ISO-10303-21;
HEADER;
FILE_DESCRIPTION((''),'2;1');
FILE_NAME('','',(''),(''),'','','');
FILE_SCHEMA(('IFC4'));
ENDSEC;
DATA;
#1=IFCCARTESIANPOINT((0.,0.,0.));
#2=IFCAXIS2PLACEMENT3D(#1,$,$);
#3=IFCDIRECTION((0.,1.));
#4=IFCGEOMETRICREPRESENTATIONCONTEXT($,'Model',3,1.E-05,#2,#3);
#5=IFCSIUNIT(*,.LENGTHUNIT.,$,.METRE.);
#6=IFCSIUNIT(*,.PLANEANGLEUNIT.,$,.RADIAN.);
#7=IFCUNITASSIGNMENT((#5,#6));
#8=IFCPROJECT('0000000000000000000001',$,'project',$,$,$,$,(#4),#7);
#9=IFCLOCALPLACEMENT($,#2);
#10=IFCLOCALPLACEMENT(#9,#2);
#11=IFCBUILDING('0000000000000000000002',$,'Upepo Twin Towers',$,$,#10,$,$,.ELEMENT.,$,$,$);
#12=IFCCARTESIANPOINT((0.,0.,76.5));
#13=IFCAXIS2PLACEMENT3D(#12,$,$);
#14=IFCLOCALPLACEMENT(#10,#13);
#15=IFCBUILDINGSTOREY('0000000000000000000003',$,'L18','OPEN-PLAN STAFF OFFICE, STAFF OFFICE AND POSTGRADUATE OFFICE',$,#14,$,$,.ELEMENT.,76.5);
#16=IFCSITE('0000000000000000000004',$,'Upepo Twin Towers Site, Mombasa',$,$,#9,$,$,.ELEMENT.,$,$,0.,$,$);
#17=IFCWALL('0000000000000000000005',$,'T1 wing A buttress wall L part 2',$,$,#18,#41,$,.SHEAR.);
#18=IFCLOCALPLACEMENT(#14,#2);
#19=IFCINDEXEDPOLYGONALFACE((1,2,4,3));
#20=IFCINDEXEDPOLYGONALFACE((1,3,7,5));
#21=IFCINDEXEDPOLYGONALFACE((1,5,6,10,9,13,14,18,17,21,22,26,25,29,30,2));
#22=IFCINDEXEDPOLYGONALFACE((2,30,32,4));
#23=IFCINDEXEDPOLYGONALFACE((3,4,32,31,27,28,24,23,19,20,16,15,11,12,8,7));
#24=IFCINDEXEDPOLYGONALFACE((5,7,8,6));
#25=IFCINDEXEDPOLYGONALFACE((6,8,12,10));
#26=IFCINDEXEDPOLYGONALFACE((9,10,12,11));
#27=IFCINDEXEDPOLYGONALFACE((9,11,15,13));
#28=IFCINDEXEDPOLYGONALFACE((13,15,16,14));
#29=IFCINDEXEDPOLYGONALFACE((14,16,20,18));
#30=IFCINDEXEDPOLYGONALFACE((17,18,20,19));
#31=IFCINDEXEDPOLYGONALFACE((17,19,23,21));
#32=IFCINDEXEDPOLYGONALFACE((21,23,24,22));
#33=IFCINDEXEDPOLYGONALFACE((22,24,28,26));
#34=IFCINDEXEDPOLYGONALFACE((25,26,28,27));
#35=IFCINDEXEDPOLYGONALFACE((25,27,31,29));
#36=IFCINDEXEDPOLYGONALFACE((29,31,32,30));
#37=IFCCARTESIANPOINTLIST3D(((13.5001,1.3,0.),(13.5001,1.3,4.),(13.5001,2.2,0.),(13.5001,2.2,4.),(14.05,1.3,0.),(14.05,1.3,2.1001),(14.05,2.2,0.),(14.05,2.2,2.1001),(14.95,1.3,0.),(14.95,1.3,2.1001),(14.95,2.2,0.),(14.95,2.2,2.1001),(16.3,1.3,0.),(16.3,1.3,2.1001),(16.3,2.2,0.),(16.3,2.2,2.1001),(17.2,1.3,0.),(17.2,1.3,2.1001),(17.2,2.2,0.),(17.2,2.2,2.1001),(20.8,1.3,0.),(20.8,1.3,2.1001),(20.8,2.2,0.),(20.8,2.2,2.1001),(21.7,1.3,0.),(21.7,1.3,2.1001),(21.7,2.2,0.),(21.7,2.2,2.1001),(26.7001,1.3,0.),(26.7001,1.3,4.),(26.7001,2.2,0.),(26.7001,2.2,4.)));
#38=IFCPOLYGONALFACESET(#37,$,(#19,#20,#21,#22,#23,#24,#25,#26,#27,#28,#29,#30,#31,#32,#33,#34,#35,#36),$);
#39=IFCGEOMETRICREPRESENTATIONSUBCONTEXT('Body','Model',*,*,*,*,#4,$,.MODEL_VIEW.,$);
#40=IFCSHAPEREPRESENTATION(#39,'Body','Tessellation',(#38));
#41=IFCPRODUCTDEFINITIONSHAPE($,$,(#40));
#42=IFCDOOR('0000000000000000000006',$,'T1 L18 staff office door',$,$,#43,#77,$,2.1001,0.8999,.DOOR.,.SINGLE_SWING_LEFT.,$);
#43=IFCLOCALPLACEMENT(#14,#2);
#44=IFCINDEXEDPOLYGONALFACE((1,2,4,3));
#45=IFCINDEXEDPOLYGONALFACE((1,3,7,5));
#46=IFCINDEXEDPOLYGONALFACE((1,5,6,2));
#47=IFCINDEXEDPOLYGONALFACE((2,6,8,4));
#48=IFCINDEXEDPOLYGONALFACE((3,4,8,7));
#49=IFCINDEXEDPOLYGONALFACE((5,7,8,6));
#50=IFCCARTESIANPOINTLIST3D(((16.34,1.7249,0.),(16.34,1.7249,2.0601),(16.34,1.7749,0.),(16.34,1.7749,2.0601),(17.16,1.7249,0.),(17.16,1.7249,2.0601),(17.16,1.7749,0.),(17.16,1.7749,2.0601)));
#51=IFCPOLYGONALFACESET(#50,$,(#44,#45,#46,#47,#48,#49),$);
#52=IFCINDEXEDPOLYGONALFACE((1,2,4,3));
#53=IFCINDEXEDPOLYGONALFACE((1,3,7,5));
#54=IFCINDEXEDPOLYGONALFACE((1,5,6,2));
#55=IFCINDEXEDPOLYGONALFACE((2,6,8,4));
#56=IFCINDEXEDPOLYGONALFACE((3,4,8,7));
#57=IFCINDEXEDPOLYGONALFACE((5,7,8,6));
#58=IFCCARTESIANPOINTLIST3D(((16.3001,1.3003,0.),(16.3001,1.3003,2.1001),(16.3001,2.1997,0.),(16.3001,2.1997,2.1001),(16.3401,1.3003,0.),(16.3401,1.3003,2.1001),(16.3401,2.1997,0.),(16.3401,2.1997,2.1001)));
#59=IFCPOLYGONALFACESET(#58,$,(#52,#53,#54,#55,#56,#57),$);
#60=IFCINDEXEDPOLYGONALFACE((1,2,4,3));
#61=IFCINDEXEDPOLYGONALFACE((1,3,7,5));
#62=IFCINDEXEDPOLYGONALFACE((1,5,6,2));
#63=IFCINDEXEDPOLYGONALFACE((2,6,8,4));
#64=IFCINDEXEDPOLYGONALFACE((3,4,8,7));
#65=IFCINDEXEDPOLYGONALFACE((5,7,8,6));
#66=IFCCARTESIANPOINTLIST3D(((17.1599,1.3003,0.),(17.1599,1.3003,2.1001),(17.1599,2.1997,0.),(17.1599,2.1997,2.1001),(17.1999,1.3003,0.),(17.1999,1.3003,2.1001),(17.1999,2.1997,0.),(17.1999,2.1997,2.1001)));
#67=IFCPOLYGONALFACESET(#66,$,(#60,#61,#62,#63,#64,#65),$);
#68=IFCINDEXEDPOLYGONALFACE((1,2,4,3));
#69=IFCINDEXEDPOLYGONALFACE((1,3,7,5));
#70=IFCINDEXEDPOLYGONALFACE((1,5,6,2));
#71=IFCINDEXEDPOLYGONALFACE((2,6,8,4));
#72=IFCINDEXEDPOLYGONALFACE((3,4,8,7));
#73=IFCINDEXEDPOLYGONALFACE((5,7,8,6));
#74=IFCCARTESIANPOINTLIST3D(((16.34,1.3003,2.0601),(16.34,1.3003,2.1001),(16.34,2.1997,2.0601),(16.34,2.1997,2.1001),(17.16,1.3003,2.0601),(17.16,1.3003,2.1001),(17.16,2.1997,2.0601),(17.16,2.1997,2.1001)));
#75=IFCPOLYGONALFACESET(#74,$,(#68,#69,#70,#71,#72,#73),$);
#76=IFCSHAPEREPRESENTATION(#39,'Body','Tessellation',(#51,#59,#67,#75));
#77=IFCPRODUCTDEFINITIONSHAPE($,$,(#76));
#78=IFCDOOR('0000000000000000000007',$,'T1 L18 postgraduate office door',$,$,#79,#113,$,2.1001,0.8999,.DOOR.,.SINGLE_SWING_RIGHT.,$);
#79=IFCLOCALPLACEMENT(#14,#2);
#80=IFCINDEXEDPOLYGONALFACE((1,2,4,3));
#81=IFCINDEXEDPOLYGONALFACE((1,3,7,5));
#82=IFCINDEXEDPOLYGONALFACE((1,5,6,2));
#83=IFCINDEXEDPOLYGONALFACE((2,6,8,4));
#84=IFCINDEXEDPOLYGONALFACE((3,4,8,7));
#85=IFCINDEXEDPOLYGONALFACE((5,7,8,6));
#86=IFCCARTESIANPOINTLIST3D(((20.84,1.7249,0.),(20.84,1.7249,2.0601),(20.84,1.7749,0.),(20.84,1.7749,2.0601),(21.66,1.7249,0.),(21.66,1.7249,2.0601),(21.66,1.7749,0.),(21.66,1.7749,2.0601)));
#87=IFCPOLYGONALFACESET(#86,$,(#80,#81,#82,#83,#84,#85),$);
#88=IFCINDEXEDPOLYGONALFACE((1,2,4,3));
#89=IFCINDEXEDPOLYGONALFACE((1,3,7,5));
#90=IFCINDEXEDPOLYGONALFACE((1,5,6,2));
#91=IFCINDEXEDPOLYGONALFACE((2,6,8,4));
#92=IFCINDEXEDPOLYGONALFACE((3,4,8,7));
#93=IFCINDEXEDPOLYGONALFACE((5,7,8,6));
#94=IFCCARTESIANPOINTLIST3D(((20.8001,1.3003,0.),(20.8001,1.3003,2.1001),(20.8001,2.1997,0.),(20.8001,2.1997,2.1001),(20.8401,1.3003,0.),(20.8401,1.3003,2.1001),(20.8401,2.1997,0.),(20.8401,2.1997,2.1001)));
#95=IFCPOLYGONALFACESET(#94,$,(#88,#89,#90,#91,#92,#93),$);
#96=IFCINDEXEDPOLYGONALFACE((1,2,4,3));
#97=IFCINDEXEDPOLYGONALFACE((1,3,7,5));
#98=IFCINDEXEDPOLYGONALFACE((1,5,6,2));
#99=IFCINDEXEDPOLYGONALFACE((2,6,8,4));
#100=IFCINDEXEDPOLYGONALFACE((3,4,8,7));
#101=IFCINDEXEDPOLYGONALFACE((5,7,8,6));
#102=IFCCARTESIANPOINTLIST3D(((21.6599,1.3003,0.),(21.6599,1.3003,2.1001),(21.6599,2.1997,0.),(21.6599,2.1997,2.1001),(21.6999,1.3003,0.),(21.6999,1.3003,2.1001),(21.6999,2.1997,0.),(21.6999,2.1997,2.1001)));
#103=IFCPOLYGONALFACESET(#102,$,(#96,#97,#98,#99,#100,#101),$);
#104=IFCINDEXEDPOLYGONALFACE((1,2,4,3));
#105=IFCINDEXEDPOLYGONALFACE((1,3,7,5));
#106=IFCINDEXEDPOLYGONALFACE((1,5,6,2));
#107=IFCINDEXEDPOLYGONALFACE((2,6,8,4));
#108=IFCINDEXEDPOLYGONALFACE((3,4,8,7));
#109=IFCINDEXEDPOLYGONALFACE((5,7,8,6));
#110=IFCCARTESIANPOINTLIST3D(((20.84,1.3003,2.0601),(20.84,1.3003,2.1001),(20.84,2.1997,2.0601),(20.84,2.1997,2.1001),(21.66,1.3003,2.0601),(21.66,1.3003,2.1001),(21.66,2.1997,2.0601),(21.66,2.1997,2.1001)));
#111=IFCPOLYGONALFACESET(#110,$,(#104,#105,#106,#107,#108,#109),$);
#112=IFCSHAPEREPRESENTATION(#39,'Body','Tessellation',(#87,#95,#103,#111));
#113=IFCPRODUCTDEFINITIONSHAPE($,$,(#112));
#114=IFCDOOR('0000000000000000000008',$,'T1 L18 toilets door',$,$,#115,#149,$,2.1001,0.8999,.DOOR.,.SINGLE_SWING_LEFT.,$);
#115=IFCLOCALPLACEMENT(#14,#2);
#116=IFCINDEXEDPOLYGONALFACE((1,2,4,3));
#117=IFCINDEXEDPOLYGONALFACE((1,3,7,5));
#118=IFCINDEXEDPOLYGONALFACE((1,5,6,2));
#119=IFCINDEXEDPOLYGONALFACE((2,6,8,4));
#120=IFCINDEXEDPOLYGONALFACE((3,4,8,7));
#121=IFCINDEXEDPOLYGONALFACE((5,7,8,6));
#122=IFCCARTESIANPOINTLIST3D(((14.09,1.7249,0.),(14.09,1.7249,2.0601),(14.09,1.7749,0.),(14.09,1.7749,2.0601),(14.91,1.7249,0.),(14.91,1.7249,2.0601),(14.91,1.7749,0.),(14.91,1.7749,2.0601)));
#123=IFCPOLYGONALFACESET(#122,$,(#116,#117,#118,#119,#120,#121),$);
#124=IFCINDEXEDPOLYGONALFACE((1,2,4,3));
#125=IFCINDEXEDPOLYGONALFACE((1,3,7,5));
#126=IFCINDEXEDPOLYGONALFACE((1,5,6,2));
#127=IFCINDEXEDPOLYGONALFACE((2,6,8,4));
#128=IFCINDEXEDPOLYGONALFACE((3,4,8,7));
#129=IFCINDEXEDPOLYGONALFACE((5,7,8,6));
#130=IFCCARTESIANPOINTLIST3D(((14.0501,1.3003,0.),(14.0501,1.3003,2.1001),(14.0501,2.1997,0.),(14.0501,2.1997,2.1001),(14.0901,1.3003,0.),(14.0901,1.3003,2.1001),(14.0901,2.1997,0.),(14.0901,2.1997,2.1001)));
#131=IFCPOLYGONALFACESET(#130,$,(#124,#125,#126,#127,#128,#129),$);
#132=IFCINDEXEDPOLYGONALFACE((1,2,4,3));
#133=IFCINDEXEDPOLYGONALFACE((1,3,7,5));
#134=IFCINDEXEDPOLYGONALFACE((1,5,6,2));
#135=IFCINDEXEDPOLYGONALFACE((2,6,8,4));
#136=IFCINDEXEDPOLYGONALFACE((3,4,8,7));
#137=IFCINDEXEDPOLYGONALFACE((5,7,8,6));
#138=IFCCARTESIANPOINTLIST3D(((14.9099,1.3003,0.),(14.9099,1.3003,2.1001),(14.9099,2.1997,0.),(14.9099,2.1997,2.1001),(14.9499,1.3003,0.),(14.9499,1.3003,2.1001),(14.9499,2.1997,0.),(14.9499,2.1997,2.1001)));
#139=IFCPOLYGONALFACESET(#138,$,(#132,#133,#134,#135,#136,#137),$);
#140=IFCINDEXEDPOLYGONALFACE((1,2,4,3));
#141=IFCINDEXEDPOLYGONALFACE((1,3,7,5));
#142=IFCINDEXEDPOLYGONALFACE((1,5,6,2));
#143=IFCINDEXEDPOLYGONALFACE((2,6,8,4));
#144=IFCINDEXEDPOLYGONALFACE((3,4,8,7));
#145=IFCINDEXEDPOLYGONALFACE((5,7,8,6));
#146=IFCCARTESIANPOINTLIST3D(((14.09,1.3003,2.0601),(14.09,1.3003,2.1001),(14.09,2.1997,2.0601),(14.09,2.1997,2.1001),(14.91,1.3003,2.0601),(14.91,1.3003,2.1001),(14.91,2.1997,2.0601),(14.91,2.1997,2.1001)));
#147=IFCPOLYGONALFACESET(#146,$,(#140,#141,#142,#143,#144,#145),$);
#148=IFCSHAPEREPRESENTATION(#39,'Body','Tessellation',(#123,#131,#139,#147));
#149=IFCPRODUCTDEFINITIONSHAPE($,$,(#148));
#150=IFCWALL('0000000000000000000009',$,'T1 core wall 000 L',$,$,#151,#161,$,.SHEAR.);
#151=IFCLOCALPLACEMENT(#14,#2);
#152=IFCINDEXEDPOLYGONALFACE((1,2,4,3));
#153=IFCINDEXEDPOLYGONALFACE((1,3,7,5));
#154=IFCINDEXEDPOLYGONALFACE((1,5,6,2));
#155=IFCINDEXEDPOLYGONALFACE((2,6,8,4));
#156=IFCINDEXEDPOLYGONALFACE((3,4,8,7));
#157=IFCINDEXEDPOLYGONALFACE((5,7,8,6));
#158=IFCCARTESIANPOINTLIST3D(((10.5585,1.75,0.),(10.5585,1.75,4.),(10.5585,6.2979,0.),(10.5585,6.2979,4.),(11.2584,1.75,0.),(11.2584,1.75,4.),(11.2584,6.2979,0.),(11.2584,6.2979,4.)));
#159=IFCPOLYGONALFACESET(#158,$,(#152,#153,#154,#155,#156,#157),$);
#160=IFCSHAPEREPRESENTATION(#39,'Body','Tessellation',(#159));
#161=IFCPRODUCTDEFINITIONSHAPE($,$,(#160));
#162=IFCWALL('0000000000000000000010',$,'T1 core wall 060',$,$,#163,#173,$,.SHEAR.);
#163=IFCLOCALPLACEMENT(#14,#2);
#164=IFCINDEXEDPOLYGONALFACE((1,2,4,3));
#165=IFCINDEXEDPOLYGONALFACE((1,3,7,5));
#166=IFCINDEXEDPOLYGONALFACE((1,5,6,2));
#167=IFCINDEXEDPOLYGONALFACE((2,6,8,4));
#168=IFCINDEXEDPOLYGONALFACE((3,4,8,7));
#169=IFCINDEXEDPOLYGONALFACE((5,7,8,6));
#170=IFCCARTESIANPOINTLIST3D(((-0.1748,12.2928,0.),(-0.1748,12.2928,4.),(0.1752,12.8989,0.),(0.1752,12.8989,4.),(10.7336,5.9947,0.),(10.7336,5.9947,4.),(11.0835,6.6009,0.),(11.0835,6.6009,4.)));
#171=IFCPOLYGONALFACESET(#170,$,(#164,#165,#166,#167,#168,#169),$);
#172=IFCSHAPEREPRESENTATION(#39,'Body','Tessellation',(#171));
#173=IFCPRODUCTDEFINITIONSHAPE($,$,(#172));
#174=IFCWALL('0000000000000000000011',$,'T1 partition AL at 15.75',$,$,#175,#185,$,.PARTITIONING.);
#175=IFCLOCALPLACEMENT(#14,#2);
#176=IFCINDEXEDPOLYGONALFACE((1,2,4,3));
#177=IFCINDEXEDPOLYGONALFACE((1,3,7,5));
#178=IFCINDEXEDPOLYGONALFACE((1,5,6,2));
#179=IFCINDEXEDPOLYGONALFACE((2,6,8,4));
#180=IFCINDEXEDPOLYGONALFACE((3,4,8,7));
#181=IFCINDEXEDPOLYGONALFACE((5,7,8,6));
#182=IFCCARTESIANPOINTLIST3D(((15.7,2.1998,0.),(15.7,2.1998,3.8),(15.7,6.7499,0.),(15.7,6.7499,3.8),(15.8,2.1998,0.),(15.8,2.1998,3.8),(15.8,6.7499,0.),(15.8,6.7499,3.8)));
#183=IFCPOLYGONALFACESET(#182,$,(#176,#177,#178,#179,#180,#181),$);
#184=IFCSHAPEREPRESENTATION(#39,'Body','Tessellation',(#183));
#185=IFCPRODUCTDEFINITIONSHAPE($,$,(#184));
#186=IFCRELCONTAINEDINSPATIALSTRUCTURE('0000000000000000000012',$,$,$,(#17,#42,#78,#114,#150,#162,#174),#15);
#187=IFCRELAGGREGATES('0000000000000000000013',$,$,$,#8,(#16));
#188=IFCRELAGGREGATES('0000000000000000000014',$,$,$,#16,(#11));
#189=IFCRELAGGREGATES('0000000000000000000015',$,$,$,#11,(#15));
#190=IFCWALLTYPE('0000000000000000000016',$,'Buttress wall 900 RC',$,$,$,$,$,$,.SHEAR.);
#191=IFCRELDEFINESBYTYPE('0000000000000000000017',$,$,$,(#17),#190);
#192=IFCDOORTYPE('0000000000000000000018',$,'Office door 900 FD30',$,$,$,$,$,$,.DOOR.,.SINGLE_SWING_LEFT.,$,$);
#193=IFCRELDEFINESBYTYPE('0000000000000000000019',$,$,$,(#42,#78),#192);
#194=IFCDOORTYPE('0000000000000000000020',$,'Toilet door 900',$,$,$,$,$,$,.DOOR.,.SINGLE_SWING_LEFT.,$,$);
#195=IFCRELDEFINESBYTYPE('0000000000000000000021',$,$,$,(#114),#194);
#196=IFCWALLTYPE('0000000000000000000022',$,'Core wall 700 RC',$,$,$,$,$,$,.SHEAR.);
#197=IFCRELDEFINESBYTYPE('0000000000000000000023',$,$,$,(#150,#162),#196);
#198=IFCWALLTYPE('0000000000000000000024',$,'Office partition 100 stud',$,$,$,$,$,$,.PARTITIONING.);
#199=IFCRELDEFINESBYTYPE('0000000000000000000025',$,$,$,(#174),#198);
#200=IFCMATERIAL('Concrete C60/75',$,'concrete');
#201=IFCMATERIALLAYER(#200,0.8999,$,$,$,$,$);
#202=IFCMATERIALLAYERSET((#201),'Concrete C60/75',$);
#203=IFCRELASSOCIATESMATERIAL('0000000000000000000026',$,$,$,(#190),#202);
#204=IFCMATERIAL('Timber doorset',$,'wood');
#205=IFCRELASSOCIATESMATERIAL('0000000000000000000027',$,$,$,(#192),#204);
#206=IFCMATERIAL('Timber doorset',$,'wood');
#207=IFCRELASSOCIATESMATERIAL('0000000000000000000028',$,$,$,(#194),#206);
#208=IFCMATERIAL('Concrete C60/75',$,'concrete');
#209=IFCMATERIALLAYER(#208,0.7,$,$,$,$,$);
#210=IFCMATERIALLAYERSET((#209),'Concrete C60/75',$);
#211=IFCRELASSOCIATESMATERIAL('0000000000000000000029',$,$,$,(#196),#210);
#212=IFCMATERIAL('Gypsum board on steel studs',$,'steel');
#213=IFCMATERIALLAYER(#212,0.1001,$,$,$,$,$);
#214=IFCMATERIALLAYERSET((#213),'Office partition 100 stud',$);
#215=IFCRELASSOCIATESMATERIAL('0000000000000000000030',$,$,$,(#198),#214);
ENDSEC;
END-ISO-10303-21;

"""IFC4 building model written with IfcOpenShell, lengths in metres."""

from ifc_helpers import new_model, si_unit, direction, frame, frame_2d, origin, place, context, subcontext, project, spatial, rectangle, extrude, material, layer, layer_set, type_object, element, fill, save


model = new_model("IFC4")

# Units and contexts
model_context = context("Model", 3, precision=1e-05, world=origin(), true_north=direction((0.0, 1.0)))
body_context = subcontext(model_context, "Body", "Model", "MODEL_VIEW")
ifc_project = project(units=[si_unit("LENGTHUNIT", "METRE"), si_unit("PLANEANGLEUNIT", "RADIAN")], contexts=[model_context])

# Site, building, storey
site_placement = place(None, origin())
site = spatial("IfcSite", under=ifc_project, at=site_placement, Name="Upepo Twin Towers Site, Mombasa", CompositionType="ELEMENT", RefElevation=0.0)
building_placement = place(site_placement, origin())
building = spatial("IfcBuilding", under=site, at=building_placement, Name="Upepo Twin Towers", CompositionType="ELEMENT")
storey_placement = place(building_placement, frame((0.0, 0.0, 76.5)))
storey = spatial("IfcBuildingStorey", under=building, at=storey_placement, Name="L18", Description="OPEN-PLAN STAFF OFFICE, STAFF OFFICE AND POSTGRADUATE OFFICE", CompositionType="ELEMENT", Elevation=76.5)

# Wall, openings, doors
ifc_material_1 = material(Name="Concrete C60/75", Category="concrete")
ifc_layer_1 = layer(ifc_material_1, 0.8999)
ifc_layer_set_1 = layer_set([ifc_layer_1], Name="Concrete C60/75")
wall_type_1 = type_object("IfcWallType", Name="Buttress wall 900 RC", PredefinedType="SHEAR", material=ifc_layer_set_1)
wall_1_placement = place(storey_placement, frame((13.5, 1.75, 0.0), z_axis=(0.0, 0.0, 1.0), x_axis=(1.0, 0.0, 0.0)))
wall_1 = element("IfcWall", 1, at=wall_1_placement, inside=storey, type_object=wall_type_1, Name="T1 wing A buttress wall L part 2", PredefinedType="SHEAR", context=body_context, shape_type="SweptSolid", body=[
    extrude(rectangle(XDim=13.2, YDim=0.8999, at=frame_2d((6.6001, 0.0))), origin(), (0.0, 0.0, 1.0), 4.0),
])
opening_1_placement = place(wall_1_placement, frame((0.55, 0.0, 0.0)))
opening_1 = element("IfcOpeningElement", 2, at=opening_1_placement, cuts=wall_1, PredefinedType="OPENING", context=body_context, shape_type="SweptSolid", body=[
    extrude(rectangle(XDim=0.8999, YDim=2.1001, at=frame_2d((0.45, 1.05))), frame((0.0, 0.46, 0.0), z_axis=(0.0, -1.0, 0.0), x_axis=(1.0, 0.0, 0.0)), (0.0, 0.0, 1.0), 0.9199),
])
opening_2_placement = place(wall_1_placement, frame((2.8, 0.0, 0.0)))
opening_2 = element("IfcOpeningElement", 3, at=opening_2_placement, cuts=wall_1, PredefinedType="OPENING", context=body_context, shape_type="SweptSolid", body=[
    extrude(rectangle(XDim=0.8999, YDim=2.1001, at=frame_2d((0.45, 1.05))), frame((0.0, 0.46, 0.0), z_axis=(0.0, -1.0, 0.0), x_axis=(1.0, 0.0, 0.0)), (0.0, 0.0, 1.0), 0.9199),
])
opening_3_placement = place(wall_1_placement, frame((7.3, 0.0, 0.0)))
opening_3 = element("IfcOpeningElement", 4, at=opening_3_placement, cuts=wall_1, PredefinedType="OPENING", context=body_context, shape_type="SweptSolid", body=[
    extrude(rectangle(XDim=0.8999, YDim=2.1001, at=frame_2d((0.45, 1.05))), frame((0.0, 0.46, 0.0), z_axis=(0.0, -1.0, 0.0), x_axis=(1.0, 0.0, 0.0)), (0.0, 0.0, 1.0), 0.9199),
])
ifc_material_2 = material(Name="Timber doorset", Category="wood")
door_type_1 = type_object("IfcDoorType", Name="Office door 900 FD30", OperationType="SINGLE_SWING_LEFT", PredefinedType="DOOR", material=ifc_material_2)
door_1_placement = place(opening_2_placement, origin())
door_1 = element("IfcDoor", 5, at=door_1_placement, inside=storey, type_object=door_type_1, Name="T1 L18 staff office door", OperationType="SINGLE_SWING_LEFT", OverallHeight=2.1001, OverallWidth=0.8999, PredefinedType="DOOR", context=body_context, shape_type="SweptSolid", body=[
    extrude(rectangle(XDim=0.8199, YDim=2.0601, at=frame_2d((0.45, 1.03))), frame((0.0, 0.0249, 0.0), z_axis=(0.0, -1.0, 0.0), x_axis=(1.0, 0.0, 0.0)), (0.0, 0.0, 1.0), 0.05),
    extrude(rectangle(XDim=0.04, YDim=2.1001, at=frame_2d((0.02, 1.05))), frame((0.0, 0.4497, 0.0), z_axis=(0.0, -1.0, 0.0), x_axis=(1.0, 0.0, 0.0)), (0.0, 0.0, 1.0), 0.8994),
    extrude(rectangle(XDim=0.04, YDim=2.1001, at=frame_2d((0.8799, 1.05))), frame((0.0, 0.4497, 0.0), z_axis=(0.0, -1.0, 0.0), x_axis=(1.0, 0.0, 0.0)), (0.0, 0.0, 1.0), 0.8994),
    extrude(rectangle(XDim=0.8199, YDim=0.04, at=frame_2d((0.45, 2.0801))), frame((0.0, 0.4497, 0.0), z_axis=(0.0, -1.0, 0.0), x_axis=(1.0, 0.0, 0.0)), (0.0, 0.0, 1.0), 0.8994),
])
fill(opening_2, door_1)
door_2_placement = place(opening_3_placement, origin())
door_2 = element("IfcDoor", 6, at=door_2_placement, inside=storey, type_object=door_type_1, Name="T1 L18 postgraduate office door", OperationType="SINGLE_SWING_RIGHT", OverallHeight=2.1001, OverallWidth=0.8999, PredefinedType="DOOR", context=body_context, shape_type="SweptSolid", body=[
    extrude(rectangle(XDim=0.8199, YDim=2.0601, at=frame_2d((0.45, 1.03))), frame((0.0, 0.0249, 0.0), z_axis=(0.0, -1.0, 0.0), x_axis=(1.0, 0.0, 0.0)), (0.0, 0.0, 1.0), 0.05),
    extrude(rectangle(XDim=0.04, YDim=2.1001, at=frame_2d((0.02, 1.05))), frame((0.0, 0.4497, 0.0), z_axis=(0.0, -1.0, 0.0), x_axis=(1.0, 0.0, 0.0)), (0.0, 0.0, 1.0), 0.8994),
    extrude(rectangle(XDim=0.04, YDim=2.1001, at=frame_2d((0.8799, 1.05))), frame((0.0, 0.4497, 0.0), z_axis=(0.0, -1.0, 0.0), x_axis=(1.0, 0.0, 0.0)), (0.0, 0.0, 1.0), 0.8994),
    extrude(rectangle(XDim=0.8199, YDim=0.04, at=frame_2d((0.45, 2.0801))), frame((0.0, 0.4497, 0.0), z_axis=(0.0, -1.0, 0.0), x_axis=(1.0, 0.0, 0.0)), (0.0, 0.0, 1.0), 0.8994),
])
fill(opening_3, door_2)
ifc_material_3 = material(Name="Timber doorset", Category="wood")
door_type_2 = type_object("IfcDoorType", Name="Toilet door 900", OperationType="SINGLE_SWING_LEFT", PredefinedType="DOOR", material=ifc_material_3)
door_3_placement = place(opening_1_placement, origin())
door_3 = element("IfcDoor", 7, at=door_3_placement, inside=storey, type_object=door_type_2, Name="T1 L18 toilets door", OperationType="SINGLE_SWING_LEFT", OverallHeight=2.1001, OverallWidth=0.8999, PredefinedType="DOOR", context=body_context, shape_type="SweptSolid", body=[
    extrude(rectangle(XDim=0.8199, YDim=2.0601, at=frame_2d((0.45, 1.03))), frame((0.0, 0.0249, 0.0), z_axis=(0.0, -1.0, 0.0), x_axis=(1.0, 0.0, 0.0)), (0.0, 0.0, 1.0), 0.05),
    extrude(rectangle(XDim=0.04, YDim=2.1001, at=frame_2d((0.02, 1.05))), frame((0.0, 0.4497, 0.0), z_axis=(0.0, -1.0, 0.0), x_axis=(1.0, 0.0, 0.0)), (0.0, 0.0, 1.0), 0.8994),
    extrude(rectangle(XDim=0.04, YDim=2.1001, at=frame_2d((0.8799, 1.05))), frame((0.0, 0.4497, 0.0), z_axis=(0.0, -1.0, 0.0), x_axis=(1.0, 0.0, 0.0)), (0.0, 0.0, 1.0), 0.8994),
    extrude(rectangle(XDim=0.8199, YDim=0.04, at=frame_2d((0.45, 2.0801))), frame((0.0, 0.4497, 0.0), z_axis=(0.0, -1.0, 0.0), x_axis=(1.0, 0.0, 0.0)), (0.0, 0.0, 1.0), 0.8994),
])
fill(opening_1, door_3)

# Walls
ifc_material_4 = material(Name="Concrete C60/75", Category="concrete")
ifc_layer_2 = layer(ifc_material_4, 0.7)
ifc_layer_set_2 = layer_set([ifc_layer_2], Name="Concrete C60/75")
wall_type_2 = type_object("IfcWallType", Name="Core wall 700 RC", PredefinedType="SHEAR", material=ifc_layer_set_2)
wall_2_placement = place(storey_placement, frame((10.9084, 1.75, 0.0), z_axis=(0.0, 0.0, 1.0), x_axis=(0.0, 1.0, 0.0)))
element("IfcWall", 8, at=wall_2_placement, inside=storey, type_object=wall_type_2, Name="T1 core wall 000 L", PredefinedType="SHEAR", context=body_context, shape_type="SweptSolid", body=[
    extrude(rectangle(XDim=4.5479, YDim=0.7, at=frame_2d((2.2739, 0.0))), origin(), (0.0, 0.0, 1.0), 4.0),
])
wall_3_placement = place(storey_placement, frame((10.9084, 6.2979, 0.0), z_axis=(0.0, 0.0, 1.0), x_axis=(-0.866022, 0.500006, 0.0)))
element("IfcWall", 9, at=wall_3_placement, inside=storey, type_object=wall_type_2, Name="T1 core wall 060", PredefinedType="SHEAR", context=body_context, shape_type="SweptSolid", body=[
    extrude(rectangle(XDim=12.5959, YDim=0.7, at=frame_2d((6.2979, 0.0))), origin(), (0.0, 0.0, 1.0), 4.0),
])
ifc_material_5 = material(Name="Gypsum board on steel studs", Category="steel")
ifc_layer_3 = layer(ifc_material_5, 0.1001)
ifc_layer_set_3 = layer_set([ifc_layer_3], Name="Office partition 100 stud")
wall_type_3 = type_object("IfcWallType", Name="Office partition 100 stud", PredefinedType="PARTITIONING", material=ifc_layer_set_3)
wall_4_placement = place(storey_placement, frame((15.75, 2.2, 0.0), z_axis=(0.0, 0.0, 1.0), x_axis=(0.0, 1.0, 0.0)))
element("IfcWall", 10, at=wall_4_placement, inside=storey, type_object=wall_type_3, Name="T1 partition AL at 15.75", PredefinedType="PARTITIONING", context=body_context, shape_type="SweptSolid", body=[
    extrude(rectangle(XDim=4.55, YDim=0.1001, at=frame_2d((2.2749, 0.0))), origin(), (0.0, 0.0, 1.0), 3.8),
])

save(model, "model.ifc")
